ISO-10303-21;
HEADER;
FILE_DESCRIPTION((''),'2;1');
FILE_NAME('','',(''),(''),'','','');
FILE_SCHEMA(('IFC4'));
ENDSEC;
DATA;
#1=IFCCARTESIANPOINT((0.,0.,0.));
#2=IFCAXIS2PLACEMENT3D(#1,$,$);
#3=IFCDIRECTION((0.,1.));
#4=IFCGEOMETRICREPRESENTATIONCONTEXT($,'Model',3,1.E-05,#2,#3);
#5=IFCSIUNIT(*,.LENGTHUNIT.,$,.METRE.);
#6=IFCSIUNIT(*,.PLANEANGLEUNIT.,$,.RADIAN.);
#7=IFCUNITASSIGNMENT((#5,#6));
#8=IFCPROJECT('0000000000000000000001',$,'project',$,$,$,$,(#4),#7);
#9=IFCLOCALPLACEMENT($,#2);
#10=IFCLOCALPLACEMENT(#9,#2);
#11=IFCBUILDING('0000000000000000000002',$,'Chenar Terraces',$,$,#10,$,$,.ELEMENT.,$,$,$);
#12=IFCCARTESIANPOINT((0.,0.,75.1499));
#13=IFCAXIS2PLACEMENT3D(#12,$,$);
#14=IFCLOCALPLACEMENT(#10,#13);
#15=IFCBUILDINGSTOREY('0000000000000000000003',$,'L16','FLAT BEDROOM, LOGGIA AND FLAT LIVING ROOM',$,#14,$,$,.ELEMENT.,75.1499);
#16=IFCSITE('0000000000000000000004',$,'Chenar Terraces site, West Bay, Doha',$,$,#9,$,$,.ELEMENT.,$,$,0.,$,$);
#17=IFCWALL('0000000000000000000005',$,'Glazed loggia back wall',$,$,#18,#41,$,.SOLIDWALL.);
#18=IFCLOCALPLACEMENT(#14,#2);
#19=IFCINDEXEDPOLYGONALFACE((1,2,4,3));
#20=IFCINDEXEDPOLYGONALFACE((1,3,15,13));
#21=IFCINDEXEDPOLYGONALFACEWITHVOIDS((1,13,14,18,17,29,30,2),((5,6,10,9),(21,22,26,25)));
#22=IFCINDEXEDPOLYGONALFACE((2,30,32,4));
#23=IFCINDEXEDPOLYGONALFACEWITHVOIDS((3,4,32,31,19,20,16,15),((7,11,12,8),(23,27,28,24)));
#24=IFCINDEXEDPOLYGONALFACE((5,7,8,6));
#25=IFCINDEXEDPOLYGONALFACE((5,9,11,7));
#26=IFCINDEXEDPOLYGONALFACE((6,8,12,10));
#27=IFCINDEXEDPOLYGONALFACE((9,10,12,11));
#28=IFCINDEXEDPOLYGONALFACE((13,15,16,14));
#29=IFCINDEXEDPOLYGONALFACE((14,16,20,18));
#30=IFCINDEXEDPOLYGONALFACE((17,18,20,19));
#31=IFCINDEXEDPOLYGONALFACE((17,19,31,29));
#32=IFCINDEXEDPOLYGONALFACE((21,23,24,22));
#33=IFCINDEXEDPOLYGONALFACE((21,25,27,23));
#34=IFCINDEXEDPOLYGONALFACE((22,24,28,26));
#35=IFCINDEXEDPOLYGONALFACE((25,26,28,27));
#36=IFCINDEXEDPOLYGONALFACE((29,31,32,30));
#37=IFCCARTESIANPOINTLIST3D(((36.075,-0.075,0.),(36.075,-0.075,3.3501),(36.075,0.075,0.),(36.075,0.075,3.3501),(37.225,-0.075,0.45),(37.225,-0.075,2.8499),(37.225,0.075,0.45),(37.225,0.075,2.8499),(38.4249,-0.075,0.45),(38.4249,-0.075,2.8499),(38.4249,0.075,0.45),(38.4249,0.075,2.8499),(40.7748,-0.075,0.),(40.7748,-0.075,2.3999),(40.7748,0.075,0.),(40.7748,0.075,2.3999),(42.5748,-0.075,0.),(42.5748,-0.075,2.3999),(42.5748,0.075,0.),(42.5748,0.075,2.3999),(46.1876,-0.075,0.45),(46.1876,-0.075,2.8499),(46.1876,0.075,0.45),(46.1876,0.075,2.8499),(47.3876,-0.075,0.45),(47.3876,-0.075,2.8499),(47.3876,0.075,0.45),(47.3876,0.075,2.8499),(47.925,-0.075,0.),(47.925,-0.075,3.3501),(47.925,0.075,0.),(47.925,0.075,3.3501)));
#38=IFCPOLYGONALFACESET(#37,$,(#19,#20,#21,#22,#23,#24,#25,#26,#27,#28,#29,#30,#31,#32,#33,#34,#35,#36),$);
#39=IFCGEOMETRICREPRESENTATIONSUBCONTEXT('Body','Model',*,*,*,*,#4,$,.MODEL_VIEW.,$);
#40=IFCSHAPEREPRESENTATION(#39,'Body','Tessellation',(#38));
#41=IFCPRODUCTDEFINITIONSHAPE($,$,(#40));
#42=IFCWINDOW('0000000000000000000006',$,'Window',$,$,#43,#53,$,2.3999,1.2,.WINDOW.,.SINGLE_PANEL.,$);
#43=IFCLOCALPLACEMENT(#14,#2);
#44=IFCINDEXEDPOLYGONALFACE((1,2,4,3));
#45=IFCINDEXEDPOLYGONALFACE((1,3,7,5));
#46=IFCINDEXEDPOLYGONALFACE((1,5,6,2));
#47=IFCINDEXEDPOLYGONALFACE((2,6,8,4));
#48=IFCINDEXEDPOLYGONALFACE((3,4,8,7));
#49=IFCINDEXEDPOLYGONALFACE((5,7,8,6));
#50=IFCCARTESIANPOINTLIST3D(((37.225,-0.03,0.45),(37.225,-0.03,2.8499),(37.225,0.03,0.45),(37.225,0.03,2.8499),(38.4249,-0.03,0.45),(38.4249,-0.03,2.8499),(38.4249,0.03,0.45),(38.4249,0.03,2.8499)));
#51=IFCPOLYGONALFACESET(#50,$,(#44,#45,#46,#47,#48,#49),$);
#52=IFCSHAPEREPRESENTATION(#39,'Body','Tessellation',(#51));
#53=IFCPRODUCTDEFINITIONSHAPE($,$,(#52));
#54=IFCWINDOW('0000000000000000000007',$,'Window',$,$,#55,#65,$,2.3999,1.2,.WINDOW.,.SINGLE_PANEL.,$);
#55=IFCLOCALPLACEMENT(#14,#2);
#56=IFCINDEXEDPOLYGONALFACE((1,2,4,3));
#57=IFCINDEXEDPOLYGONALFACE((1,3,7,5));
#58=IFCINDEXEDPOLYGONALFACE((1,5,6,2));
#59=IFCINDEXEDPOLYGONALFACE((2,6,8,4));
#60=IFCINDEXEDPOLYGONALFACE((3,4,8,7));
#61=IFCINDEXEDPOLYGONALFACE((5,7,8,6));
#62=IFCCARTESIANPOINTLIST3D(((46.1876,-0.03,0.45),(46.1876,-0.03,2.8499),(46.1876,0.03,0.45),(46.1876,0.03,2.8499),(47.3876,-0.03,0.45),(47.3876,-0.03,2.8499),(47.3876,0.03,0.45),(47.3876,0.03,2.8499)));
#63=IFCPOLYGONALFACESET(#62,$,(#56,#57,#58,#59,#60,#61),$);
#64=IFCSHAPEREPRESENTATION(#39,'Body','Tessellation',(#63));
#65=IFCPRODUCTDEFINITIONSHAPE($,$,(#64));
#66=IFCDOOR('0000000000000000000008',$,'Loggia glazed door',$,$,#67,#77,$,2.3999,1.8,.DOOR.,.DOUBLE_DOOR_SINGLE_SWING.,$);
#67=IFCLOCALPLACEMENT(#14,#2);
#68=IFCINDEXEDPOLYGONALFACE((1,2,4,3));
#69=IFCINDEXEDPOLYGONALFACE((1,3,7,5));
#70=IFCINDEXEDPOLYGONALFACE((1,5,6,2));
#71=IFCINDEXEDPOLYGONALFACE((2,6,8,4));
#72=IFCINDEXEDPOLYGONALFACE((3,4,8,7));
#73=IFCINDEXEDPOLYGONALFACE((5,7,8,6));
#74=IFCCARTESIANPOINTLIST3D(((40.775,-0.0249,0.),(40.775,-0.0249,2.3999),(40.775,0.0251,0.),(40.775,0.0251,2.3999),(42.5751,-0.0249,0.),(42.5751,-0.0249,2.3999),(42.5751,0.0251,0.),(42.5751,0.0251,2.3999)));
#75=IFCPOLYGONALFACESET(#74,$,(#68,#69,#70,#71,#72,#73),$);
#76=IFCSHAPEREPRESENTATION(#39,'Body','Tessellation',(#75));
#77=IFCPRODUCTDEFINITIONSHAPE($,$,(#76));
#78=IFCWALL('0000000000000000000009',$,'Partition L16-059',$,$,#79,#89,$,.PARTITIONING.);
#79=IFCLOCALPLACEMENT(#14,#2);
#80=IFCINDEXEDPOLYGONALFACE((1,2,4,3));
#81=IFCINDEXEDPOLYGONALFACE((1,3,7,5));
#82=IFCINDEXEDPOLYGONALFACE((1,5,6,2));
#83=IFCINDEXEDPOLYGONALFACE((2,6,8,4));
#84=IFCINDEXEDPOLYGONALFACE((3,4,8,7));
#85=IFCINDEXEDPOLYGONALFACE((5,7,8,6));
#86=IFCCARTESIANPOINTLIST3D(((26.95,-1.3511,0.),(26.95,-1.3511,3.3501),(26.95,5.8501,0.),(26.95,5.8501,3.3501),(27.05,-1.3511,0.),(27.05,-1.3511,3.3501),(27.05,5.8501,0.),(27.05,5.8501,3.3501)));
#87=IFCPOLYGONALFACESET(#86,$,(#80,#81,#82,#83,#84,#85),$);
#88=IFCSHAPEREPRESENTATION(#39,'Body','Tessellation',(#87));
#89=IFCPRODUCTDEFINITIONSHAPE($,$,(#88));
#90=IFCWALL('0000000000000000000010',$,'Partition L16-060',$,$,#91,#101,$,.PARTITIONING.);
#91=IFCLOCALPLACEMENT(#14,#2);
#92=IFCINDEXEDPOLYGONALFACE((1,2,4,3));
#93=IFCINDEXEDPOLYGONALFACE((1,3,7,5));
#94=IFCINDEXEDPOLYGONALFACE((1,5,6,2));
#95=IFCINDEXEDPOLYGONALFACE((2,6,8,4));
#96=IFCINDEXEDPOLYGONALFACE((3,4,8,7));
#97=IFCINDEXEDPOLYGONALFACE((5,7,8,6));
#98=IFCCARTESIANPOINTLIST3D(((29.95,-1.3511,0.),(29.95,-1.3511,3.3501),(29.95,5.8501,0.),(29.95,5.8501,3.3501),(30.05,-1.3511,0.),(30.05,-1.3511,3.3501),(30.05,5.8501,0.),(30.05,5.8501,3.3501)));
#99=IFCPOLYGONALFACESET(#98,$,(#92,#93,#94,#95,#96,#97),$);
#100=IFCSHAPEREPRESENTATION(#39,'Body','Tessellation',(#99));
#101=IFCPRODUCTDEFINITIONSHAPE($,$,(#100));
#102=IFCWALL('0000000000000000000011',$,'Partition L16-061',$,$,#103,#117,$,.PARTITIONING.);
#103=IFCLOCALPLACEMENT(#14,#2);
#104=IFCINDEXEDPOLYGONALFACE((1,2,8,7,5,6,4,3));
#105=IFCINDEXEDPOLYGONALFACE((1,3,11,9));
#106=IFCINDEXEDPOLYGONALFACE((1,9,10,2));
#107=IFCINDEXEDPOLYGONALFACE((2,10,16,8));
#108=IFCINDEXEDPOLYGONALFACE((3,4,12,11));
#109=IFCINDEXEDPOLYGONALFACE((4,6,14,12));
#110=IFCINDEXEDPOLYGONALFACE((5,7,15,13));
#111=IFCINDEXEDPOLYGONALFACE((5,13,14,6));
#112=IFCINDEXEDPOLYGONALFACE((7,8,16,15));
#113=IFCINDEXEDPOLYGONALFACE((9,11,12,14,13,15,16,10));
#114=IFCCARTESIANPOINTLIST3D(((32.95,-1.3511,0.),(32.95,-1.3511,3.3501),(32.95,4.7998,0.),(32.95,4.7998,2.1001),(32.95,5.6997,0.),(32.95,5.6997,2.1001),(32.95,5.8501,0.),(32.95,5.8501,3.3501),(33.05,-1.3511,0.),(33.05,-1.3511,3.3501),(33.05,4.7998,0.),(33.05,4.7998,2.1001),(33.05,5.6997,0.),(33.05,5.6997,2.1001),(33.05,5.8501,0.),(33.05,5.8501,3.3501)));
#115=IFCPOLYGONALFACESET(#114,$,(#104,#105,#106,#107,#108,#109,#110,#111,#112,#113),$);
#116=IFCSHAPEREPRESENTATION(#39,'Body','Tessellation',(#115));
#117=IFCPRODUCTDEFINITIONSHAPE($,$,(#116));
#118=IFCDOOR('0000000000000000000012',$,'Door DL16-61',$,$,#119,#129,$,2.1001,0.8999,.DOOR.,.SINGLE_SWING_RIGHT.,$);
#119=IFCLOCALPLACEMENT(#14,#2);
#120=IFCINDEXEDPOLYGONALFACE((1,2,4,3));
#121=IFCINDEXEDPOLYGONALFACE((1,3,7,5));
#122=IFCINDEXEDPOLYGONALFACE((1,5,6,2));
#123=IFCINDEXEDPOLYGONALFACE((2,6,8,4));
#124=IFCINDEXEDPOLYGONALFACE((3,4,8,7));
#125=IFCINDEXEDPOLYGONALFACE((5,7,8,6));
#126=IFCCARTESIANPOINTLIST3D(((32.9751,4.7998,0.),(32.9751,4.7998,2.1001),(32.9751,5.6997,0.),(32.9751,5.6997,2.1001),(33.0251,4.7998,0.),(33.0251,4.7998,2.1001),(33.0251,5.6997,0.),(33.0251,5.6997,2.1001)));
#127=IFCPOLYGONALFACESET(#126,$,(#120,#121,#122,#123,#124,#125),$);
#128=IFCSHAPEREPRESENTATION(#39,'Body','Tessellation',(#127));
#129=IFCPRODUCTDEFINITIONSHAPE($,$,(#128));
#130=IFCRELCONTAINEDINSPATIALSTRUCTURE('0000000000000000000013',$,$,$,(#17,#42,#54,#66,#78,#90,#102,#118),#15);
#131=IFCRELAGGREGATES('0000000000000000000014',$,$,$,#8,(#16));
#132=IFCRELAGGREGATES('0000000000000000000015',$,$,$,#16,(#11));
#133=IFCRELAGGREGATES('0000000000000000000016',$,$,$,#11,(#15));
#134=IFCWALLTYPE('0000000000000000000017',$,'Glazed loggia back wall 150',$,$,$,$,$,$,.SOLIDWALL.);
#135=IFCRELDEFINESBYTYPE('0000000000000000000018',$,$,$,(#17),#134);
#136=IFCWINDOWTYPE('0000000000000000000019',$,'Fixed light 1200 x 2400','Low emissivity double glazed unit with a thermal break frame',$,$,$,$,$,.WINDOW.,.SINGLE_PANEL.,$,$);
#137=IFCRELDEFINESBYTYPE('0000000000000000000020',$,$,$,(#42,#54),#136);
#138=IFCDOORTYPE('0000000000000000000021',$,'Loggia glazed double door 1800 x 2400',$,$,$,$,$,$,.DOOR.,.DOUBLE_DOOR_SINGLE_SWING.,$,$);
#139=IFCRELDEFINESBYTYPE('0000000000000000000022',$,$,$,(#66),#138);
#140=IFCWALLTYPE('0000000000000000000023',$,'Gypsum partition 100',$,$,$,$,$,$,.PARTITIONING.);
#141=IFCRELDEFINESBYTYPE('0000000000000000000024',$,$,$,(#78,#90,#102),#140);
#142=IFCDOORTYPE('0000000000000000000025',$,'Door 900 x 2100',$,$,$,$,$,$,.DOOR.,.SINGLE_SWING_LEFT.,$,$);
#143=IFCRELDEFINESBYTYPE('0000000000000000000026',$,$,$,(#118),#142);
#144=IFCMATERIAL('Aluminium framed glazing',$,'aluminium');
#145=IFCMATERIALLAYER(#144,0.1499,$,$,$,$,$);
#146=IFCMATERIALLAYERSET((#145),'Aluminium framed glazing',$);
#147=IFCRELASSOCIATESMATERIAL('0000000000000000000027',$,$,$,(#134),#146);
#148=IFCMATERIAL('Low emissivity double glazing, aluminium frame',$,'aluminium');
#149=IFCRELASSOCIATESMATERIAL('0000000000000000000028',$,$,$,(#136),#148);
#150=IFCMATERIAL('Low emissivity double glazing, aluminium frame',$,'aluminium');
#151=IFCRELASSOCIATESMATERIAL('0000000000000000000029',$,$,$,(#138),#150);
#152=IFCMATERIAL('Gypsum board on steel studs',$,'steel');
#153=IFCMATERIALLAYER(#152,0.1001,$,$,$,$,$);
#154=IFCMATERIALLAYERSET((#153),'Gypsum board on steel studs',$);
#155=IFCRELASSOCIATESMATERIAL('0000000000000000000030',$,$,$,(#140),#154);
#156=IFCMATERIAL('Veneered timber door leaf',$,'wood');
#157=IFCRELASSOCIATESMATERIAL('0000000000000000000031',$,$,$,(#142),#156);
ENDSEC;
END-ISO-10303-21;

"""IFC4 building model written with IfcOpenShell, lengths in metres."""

from ifc_helpers import new_model, si_unit, direction, frame, frame_2d, origin, place, context, subcontext, project, spatial, rectangle, extrude, material, layer, layer_set, type_object, element, fill, save


model = new_model("IFC4")

# Units and contexts
model_context = context("Model", 3, precision=1e-05, world=origin(), true_north=direction((0.0, 1.0)))
body_context = subcontext(model_context, "Body", "Model", "MODEL_VIEW")
ifc_project = project(units=[si_unit("LENGTHUNIT", "METRE"), si_unit("PLANEANGLEUNIT", "RADIAN")], contexts=[model_context])

# Site, building, storey
site_placement = place(None, origin())
site = spatial("IfcSite", under=ifc_project, at=site_placement, Name="Chenar Terraces site, West Bay, Doha", CompositionType="ELEMENT", RefElevation=0.0)
building_placement = place(site_placement, origin())
building = spatial("IfcBuilding", under=site, at=building_placement, Name="Chenar Terraces", CompositionType="ELEMENT")
storey_placement = place(building_placement, frame((0.0, 0.0, 75.1499)))
storey = spatial("IfcBuildingStorey", under=building, at=storey_placement, Name="L16", Description="FLAT BEDROOM, LOGGIA AND FLAT LIVING ROOM", CompositionType="ELEMENT", Elevation=75.1499)

# Wall, openings, windows, door
ifc_material_1 = material(Name="Aluminium framed glazing", Category="aluminium")
ifc_layer_1 = layer(ifc_material_1, 0.1499)
ifc_layer_set_1 = layer_set([ifc_layer_1], Name="Aluminium framed glazing")
wall_type_1 = type_object("IfcWallType", Name="Glazed loggia back wall 150", PredefinedType="SOLIDWALL", material=ifc_layer_set_1)
wall_1_placement = place(storey_placement, frame((36.075, 0.0, 0.0), z_axis=(0.0, 0.0, 1.0), x_axis=(1.0, 0.0, 0.0)))
wall_1 = element("IfcWall", 1, at=wall_1_placement, inside=storey, type_object=wall_type_1, Name="Glazed loggia back wall", PredefinedType="SOLIDWALL", context=body_context, shape_type="SweptSolid", body=[
    extrude(rectangle(XDim=11.8501, YDim=0.1499, at=frame_2d((5.925, 0.0))), origin(), (0.0, 0.0, 1.0), 3.3501),
])
opening_1_placement = place(wall_1_placement, frame((1.1499, 0.0, 0.45)))
opening_1 = element("IfcOpeningElement", 2, at=opening_1_placement, cuts=wall_1, PredefinedType="OPENING", context=body_context, shape_type="SweptSolid", body=[
    extrude(rectangle(XDim=1.2, YDim=2.3999, at=frame_2d((0.6001, 1.2))), frame((0.0, 0.085, 0.0), z_axis=(0.0, -1.0, 0.0), x_axis=(1.0, 0.0, 0.0)), (0.0, 0.0, 1.0), 0.1699),
])
opening_2_placement = place(wall_1_placement, frame((4.7, 0.0, 0.0)))
opening_2 = element("IfcOpeningElement", 3, at=opening_2_placement, cuts=wall_1, PredefinedType="OPENING", context=body_context, shape_type="SweptSolid", body=[
    extrude(rectangle(XDim=1.8, YDim=2.3999, at=frame_2d((0.8999, 1.2))), frame((0.0, 0.085, 0.0), z_axis=(0.0, -1.0, 0.0), x_axis=(1.0, 0.0, 0.0)), (0.0, 0.0, 1.0), 0.1699),
])
opening_3_placement = place(wall_1_placement, frame((10.1125, 0.0, 0.45)))
opening_3 = element("IfcOpeningElement", 4, at=opening_3_placement, cuts=wall_1, PredefinedType="OPENING", context=body_context, shape_type="SweptSolid", body=[
    extrude(rectangle(XDim=1.2, YDim=2.3999, at=frame_2d((0.6001, 1.2))), frame((0.0, 0.085, 0.0), z_axis=(0.0, -1.0, 0.0), x_axis=(1.0, 0.0, 0.0)), (0.0, 0.0, 1.0), 0.1699),
])
ifc_material_2 = material(Name="Low emissivity double glazing, aluminium frame", Category="aluminium")
window_type = type_object("IfcWindowType", Name="Fixed light 1200 x 2400", Description="Low emissivity double glazed unit with a thermal break frame", PartitioningType="SINGLE_PANEL", PredefinedType="WINDOW", material=ifc_material_2)
window_1_placement = place(opening_1_placement, origin())
window_1 = element("IfcWindow", 5, at=window_1_placement, inside=storey, type_object=window_type, Name="Window", OverallHeight=2.3999, OverallWidth=1.2, PartitioningType="SINGLE_PANEL", PredefinedType="WINDOW", context=body_context, shape_type="SweptSolid", body=[
    extrude(rectangle(XDim=1.2, YDim=2.3999, at=frame_2d((0.6001, 1.2))), frame((0.0, 0.03, 0.0), z_axis=(0.0, -1.0, 0.0), x_axis=(1.0, 0.0, 0.0)), (0.0, 0.0, 1.0), 0.0601),
])
fill(opening_1, window_1)
window_2_placement = place(opening_3_placement, origin())
window_2 = element("IfcWindow", 6, at=window_2_placement, inside=storey, type_object=window_type, Name="Window", OverallHeight=2.3999, OverallWidth=1.2, PartitioningType="SINGLE_PANEL", PredefinedType="WINDOW", context=body_context, shape_type="SweptSolid", body=[
    extrude(rectangle(XDim=1.2, YDim=2.3999, at=frame_2d((0.6001, 1.2))), frame((0.0, 0.03, 0.0), z_axis=(0.0, -1.0, 0.0), x_axis=(1.0, 0.0, 0.0)), (0.0, 0.0, 1.0), 0.0601),
])
fill(opening_3, window_2)
ifc_material_3 = material(Name="Low emissivity double glazing, aluminium frame", Category="aluminium")
door_type_1 = type_object("IfcDoorType", Name="Loggia glazed double door 1800 x 2400", OperationType="DOUBLE_DOOR_SINGLE_SWING", PredefinedType="DOOR", material=ifc_material_3)
door_1_placement = place(opening_2_placement, frame((1.8, 0.0, 0.0), z_axis=(0.0, 0.0, 1.0), x_axis=(-1.0, 0.0, 0.0)))
door_1 = element("IfcDoor", 7, at=door_1_placement, inside=storey, type_object=door_type_1, Name="Loggia glazed door", OperationType="DOUBLE_DOOR_SINGLE_SWING", OverallHeight=2.3999, OverallWidth=1.8, PredefinedType="DOOR", context=body_context, shape_type="SweptSolid", body=[
    extrude(rectangle(XDim=1.8, YDim=2.3999, at=frame_2d((0.8999, 1.2))), frame((0.0, 0.0249, 0.0), z_axis=(0.0, -1.0, 0.0), x_axis=(1.0, 0.0, 0.0)), (0.0, 0.0, 1.0), 0.05),
])
fill(opening_2, door_1)

# Walls
ifc_material_4 = material(Name="Gypsum board on steel studs", Category="steel")
ifc_layer_2 = layer(ifc_material_4, 0.1001)
ifc_layer_set_2 = layer_set([ifc_layer_2], Name="Gypsum board on steel studs")
wall_type_2 = type_object("IfcWallType", Name="Gypsum partition 100", PredefinedType="PARTITIONING", material=ifc_layer_set_2)
for number, where, z_axis, x_axis, name in (
    (8, (27.0, -1.3511, 0.0), (0.0, 0.0, 1.0), (0.0, 1.0, 0.0), "Partition L16-059"),
    (9, (30.0, -1.3511, 0.0), (0.0, 0.0, 1.0), (0.0, 1.0, 0.0), "Partition L16-060"),
):
    element("IfcWall", number, at=place(storey_placement, frame(where, z_axis=z_axis, x_axis=x_axis)), inside=storey, type_object=wall_type_2, Name=name, PredefinedType="PARTITIONING", context=body_context, shape_type="SweptSolid", body=[
        extrude(rectangle(XDim=7.2012, YDim=0.1001, at=frame_2d((3.6006, 0.0))), origin(), (0.0, 0.0, 1.0), 3.3501),
    ])

# Wall, opening, door
wall_2_placement = place(storey_placement, frame((33.0, -1.3511, 0.0), z_axis=(0.0, 0.0, 1.0), x_axis=(0.0, 1.0, 0.0)))
wall_2 = element("IfcWall", 10, at=wall_2_placement, inside=storey, type_object=wall_type_2, Name="Partition L16-061", PredefinedType="PARTITIONING", context=body_context, shape_type="SweptSolid", body=[
    extrude(rectangle(XDim=7.2012, YDim=0.1001, at=frame_2d((3.6006, 0.0))), origin(), (0.0, 0.0, 1.0), 3.3501),
])
opening_4_placement = place(wall_2_placement, frame((6.1509, 0.0, 0.0)))
opening_4 = element("IfcOpeningElement", 11, at=opening_4_placement, cuts=wall_2, PredefinedType="OPENING", context=body_context, shape_type="SweptSolid", body=[
    extrude(rectangle(XDim=0.8999, YDim=2.1001, at=frame_2d((0.45, 1.05))), frame((0.0, 0.0601, 0.0), z_axis=(0.0, -1.0, 0.0), x_axis=(1.0, 0.0, 0.0)), (0.0, 0.0, 1.0), 0.1201),
])
ifc_material_5 = material(Name="Veneered timber door leaf", Category="wood")
door_type_2 = type_object("IfcDoorType", Name="Door 900 x 2100", OperationType="SINGLE_SWING_LEFT", PredefinedType="DOOR", material=ifc_material_5)
door_2_placement = place(opening_4_placement, origin())
door_2 = element("IfcDoor", 12, at=door_2_placement, inside=storey, type_object=door_type_2, Name="Door DL16-61", OperationType="SINGLE_SWING_RIGHT", OverallHeight=2.1001, OverallWidth=0.8999, PredefinedType="DOOR", context=body_context, shape_type="SweptSolid", body=[
    extrude(rectangle(XDim=0.8999, YDim=2.1001, at=frame_2d((0.45, 1.05))), frame((0.0, 0.0249, 0.0), z_axis=(0.0, -1.0, 0.0), x_axis=(1.0, 0.0, 0.0)), (0.0, 0.0, 1.0), 0.05),
])
fill(opening_4, door_2)

save(model, "model.ifc")
